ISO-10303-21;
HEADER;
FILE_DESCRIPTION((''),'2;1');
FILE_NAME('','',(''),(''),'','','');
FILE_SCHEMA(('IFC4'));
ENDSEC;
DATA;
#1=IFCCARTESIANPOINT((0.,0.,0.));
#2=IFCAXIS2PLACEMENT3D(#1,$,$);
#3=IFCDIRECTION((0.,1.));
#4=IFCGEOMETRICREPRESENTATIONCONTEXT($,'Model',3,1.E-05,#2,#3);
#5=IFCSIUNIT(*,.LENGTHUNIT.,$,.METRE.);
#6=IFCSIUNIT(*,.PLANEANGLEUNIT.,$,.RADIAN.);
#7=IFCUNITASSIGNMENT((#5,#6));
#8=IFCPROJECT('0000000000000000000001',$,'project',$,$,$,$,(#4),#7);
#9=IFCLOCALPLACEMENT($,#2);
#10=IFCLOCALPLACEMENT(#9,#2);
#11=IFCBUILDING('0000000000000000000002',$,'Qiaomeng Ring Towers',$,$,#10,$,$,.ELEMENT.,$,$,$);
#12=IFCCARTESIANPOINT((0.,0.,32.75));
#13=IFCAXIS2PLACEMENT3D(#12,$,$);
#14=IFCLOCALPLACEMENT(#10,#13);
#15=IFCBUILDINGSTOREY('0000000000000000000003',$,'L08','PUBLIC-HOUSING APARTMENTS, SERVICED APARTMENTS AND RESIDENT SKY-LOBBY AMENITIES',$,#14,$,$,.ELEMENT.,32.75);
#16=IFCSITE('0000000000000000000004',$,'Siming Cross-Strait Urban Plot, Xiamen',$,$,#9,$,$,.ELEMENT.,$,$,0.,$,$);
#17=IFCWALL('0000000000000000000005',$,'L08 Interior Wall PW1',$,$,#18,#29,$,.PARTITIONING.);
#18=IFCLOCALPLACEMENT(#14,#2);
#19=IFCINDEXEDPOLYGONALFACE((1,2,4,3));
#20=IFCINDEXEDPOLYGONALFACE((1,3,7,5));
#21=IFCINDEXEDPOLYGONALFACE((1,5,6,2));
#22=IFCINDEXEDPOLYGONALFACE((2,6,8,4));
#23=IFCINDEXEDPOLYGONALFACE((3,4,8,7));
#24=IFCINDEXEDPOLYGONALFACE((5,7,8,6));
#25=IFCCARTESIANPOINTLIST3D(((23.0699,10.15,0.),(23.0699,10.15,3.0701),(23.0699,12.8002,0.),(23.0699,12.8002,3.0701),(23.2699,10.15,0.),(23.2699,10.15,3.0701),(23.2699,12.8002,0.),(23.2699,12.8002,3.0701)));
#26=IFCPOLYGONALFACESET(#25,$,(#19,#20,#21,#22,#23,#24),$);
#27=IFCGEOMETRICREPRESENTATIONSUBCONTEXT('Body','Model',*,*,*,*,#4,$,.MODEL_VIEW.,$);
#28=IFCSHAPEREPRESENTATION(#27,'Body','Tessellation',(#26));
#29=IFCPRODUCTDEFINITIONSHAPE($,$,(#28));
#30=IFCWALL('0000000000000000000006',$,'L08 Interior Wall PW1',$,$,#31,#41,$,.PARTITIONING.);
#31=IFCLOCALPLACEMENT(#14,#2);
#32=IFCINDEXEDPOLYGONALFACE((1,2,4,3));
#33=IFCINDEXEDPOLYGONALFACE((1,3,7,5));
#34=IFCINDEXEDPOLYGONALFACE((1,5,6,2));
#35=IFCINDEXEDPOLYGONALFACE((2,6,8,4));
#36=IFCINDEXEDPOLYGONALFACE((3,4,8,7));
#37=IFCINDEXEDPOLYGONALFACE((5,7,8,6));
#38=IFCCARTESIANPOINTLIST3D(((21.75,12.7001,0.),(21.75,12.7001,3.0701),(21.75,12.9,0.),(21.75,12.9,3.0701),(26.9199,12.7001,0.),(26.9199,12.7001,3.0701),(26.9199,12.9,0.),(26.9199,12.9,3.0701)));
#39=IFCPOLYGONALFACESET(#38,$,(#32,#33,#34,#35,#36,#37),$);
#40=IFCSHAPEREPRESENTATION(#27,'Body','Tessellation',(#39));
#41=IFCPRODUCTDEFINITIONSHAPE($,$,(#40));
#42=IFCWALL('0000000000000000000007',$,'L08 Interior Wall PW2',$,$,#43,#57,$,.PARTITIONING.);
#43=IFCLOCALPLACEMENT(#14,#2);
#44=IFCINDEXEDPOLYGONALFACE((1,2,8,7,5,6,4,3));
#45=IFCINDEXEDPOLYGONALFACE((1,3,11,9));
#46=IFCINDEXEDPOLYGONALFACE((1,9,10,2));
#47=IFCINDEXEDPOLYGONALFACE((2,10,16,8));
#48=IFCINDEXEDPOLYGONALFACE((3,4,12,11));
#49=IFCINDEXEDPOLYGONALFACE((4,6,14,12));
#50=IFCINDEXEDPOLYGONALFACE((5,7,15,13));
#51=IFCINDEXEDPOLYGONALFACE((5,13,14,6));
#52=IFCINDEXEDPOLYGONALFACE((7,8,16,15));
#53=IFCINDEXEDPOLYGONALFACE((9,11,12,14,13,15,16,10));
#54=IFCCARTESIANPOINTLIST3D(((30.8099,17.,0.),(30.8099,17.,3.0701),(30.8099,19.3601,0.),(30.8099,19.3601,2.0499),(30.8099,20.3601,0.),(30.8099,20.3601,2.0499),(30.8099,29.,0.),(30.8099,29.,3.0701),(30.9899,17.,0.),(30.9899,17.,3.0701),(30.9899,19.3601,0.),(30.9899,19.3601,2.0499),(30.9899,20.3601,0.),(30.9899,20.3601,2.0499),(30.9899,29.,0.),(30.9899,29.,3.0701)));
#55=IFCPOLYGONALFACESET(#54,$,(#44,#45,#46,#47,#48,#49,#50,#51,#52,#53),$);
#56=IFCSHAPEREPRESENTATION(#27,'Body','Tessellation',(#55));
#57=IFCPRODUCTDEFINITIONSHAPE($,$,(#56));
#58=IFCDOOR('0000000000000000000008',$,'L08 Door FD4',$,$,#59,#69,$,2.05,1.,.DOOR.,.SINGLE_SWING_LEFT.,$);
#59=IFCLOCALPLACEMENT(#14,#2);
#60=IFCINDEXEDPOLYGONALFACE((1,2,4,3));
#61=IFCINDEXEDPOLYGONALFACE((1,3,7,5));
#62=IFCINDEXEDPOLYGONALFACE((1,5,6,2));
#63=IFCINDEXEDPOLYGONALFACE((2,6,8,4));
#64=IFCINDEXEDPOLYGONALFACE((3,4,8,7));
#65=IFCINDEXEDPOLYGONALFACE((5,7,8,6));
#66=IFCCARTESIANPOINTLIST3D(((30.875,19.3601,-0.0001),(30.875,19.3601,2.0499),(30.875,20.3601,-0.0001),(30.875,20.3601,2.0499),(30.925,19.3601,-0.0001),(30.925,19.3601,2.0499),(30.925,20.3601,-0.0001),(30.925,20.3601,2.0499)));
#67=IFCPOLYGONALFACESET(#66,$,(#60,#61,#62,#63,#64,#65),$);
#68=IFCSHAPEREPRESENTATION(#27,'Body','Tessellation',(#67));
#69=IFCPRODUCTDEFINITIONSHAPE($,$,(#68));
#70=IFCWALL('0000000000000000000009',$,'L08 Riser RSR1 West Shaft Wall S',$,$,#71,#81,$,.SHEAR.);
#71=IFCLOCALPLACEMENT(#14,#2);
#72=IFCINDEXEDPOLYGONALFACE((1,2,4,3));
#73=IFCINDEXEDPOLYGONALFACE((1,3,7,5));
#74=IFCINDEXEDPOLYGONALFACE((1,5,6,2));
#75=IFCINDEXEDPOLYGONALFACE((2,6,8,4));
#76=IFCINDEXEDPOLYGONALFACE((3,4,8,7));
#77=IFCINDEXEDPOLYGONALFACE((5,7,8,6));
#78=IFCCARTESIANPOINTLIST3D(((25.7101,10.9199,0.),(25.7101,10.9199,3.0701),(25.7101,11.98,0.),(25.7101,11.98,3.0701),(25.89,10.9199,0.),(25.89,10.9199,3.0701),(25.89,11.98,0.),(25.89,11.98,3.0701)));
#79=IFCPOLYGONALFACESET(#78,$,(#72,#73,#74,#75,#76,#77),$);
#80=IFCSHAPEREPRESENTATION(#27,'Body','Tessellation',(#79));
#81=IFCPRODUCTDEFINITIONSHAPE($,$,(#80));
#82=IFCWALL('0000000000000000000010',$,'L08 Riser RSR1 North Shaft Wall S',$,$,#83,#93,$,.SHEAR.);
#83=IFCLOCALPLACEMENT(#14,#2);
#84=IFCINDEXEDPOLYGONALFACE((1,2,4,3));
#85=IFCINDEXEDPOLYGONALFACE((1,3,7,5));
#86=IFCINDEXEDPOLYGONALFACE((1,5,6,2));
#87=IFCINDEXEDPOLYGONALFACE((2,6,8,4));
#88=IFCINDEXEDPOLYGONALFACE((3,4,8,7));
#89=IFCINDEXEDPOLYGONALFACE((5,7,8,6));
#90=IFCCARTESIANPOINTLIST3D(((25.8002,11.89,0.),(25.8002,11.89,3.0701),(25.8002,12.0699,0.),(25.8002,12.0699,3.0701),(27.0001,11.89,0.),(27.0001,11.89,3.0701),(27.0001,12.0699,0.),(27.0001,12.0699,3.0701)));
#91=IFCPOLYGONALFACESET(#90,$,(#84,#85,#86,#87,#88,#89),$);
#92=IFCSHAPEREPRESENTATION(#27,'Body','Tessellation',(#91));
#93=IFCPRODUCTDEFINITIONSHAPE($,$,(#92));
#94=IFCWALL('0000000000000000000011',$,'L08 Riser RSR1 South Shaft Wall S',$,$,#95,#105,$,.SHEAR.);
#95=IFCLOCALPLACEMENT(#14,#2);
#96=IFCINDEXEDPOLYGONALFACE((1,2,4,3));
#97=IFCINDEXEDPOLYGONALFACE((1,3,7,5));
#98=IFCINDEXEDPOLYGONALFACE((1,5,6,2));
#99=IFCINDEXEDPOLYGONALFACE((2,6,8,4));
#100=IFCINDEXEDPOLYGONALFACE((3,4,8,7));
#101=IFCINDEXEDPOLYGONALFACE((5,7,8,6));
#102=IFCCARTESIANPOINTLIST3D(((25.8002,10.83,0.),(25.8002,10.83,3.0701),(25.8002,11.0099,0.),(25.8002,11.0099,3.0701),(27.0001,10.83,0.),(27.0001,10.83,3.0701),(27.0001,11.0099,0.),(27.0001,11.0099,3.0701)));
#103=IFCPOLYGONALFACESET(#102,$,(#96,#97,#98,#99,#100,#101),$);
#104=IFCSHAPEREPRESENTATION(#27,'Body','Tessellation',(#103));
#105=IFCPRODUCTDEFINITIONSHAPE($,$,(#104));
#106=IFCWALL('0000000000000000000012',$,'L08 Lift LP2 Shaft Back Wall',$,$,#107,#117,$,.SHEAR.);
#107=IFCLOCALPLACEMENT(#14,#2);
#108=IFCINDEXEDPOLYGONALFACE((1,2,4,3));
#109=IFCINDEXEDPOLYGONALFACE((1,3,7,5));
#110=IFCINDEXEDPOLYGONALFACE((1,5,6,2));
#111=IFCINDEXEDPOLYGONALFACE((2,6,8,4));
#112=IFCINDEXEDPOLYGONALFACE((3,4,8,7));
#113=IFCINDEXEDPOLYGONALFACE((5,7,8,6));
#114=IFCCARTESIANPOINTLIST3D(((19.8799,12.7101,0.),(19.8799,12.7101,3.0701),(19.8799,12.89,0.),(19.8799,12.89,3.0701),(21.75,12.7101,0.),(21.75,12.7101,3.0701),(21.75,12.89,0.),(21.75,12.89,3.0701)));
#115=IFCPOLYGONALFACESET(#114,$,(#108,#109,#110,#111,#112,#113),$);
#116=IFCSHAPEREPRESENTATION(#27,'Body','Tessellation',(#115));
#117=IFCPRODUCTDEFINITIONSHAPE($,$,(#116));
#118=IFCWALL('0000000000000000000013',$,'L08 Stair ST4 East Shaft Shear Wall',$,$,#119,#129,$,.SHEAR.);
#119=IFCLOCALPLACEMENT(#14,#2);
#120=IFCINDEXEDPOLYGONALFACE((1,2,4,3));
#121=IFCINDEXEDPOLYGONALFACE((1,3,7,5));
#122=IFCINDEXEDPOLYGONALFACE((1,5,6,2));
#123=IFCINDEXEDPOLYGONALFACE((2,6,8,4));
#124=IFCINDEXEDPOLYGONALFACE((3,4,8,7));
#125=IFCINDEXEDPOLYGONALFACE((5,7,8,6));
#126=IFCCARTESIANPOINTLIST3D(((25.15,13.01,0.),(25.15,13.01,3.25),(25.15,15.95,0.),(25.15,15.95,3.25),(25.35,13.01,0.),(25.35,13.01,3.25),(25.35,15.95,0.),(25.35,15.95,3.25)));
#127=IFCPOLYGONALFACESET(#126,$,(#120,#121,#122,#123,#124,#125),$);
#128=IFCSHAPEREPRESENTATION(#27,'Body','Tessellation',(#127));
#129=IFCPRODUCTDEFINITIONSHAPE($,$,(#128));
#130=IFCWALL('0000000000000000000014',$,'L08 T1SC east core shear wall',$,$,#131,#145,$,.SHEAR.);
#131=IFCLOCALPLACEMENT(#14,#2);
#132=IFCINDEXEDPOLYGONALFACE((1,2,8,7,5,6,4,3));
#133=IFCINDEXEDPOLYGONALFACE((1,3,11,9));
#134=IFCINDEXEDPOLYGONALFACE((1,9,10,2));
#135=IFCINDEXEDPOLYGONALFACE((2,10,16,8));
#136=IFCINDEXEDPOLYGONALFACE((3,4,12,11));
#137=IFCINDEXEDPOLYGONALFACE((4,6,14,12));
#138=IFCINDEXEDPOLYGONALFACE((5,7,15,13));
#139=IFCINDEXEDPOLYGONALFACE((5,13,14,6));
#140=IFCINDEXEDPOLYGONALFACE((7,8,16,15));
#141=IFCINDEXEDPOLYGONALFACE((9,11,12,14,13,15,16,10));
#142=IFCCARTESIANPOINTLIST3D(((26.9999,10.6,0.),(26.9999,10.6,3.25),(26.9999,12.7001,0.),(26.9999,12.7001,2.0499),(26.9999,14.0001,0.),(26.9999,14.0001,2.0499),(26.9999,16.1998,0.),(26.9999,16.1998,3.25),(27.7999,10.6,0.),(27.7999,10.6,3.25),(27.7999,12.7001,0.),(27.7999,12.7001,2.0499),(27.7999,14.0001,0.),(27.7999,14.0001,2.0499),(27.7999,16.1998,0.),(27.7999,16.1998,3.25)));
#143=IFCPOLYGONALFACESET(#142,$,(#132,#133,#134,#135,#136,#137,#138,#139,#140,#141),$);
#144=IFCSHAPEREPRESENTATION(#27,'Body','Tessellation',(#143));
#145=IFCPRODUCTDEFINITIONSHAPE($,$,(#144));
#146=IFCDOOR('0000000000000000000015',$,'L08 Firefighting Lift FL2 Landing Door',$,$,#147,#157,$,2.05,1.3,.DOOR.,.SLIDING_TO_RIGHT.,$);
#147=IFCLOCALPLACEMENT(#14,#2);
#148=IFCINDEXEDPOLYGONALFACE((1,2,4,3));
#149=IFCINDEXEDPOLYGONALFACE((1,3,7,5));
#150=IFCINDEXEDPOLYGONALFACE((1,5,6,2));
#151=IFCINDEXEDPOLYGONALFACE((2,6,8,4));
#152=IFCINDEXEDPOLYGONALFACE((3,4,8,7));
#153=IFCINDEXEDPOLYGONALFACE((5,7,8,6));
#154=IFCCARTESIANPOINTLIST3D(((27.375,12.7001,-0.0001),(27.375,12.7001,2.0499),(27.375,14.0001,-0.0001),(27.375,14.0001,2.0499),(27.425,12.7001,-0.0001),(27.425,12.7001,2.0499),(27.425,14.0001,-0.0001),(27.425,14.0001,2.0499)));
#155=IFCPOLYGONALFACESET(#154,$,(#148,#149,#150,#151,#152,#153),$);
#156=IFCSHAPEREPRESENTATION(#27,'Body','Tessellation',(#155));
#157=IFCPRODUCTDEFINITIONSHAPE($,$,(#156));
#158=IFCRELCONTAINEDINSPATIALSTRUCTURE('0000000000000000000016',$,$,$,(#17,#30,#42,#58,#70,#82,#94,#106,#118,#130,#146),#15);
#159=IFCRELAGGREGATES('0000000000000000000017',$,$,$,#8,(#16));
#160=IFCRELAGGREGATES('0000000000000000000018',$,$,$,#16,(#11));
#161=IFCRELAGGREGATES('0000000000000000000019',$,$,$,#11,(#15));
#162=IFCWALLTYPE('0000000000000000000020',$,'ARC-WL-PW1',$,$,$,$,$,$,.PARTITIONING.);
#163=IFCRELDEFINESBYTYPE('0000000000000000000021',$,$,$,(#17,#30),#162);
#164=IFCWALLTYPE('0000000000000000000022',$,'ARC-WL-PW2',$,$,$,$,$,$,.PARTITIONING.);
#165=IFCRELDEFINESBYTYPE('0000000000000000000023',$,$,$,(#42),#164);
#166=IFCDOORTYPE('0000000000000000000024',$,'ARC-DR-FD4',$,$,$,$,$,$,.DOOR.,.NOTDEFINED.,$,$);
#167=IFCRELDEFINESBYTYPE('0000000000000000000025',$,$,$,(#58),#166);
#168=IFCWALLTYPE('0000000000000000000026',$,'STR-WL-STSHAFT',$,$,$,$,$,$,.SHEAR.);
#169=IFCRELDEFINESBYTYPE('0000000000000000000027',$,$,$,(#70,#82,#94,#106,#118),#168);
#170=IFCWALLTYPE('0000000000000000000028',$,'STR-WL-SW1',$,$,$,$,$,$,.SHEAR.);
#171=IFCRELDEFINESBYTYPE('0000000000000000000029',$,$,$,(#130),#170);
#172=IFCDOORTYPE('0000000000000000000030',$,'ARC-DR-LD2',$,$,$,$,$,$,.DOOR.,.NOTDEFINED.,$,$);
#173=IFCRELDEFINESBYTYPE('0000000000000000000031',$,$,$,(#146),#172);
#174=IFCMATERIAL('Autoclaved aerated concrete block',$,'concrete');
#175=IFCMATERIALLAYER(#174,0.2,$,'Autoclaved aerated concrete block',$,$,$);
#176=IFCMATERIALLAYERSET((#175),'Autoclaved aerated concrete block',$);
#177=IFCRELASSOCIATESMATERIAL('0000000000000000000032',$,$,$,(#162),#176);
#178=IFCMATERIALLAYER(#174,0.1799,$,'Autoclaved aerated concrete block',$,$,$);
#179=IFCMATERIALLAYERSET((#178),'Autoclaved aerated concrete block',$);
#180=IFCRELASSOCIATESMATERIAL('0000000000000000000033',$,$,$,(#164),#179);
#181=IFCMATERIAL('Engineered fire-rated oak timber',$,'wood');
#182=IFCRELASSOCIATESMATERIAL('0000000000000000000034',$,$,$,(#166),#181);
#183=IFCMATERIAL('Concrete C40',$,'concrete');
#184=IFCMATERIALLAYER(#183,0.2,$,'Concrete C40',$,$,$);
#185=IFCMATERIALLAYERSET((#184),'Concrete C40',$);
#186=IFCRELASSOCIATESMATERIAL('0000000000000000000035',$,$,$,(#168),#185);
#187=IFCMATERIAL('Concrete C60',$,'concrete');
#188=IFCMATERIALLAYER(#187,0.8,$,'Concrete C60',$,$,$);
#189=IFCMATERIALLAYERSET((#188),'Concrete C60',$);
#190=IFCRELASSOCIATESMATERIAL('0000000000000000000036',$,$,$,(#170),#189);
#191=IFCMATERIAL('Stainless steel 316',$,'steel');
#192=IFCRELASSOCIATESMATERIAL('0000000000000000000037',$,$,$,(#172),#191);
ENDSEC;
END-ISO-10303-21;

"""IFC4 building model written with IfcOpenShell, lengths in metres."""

from ifc_helpers import new_model, si_unit, direction, frame, frame_2d, origin, place, context, subcontext, project, spatial, rectangle, extrude, source, transform, mapped, material, layer, layer_set, type_object, element, fill, save


model = new_model("IFC4")

# Units and contexts
model_context = context("Model", 3, precision=1e-05, world=origin(), true_north=direction((0.0, 1.0)))
body_context = subcontext(model_context, "Body", "Model", "MODEL_VIEW")
ifc_project = project(units=[si_unit("LENGTHUNIT", "METRE"), si_unit("PLANEANGLEUNIT", "RADIAN")], contexts=[model_context])

# Site, building, storey
site_placement = place(None, origin())
site = spatial("IfcSite", under=ifc_project, at=site_placement, Name="Siming Cross-Strait Urban Plot, Xiamen", CompositionType="ELEMENT", RefElevation=0.0)
building_placement = place(site_placement, origin())
building = spatial("IfcBuilding", under=site, at=building_placement, Name="Qiaomeng Ring Towers", CompositionType="ELEMENT")
storey_placement = place(building_placement, frame((0.0, 0.0, 32.75)))
storey = spatial("IfcBuildingStorey", under=building, at=storey_placement, Name="L08", Description="PUBLIC-HOUSING APARTMENTS, SERVICED APARTMENTS AND RESIDENT SKY-LOBBY AMENITIES", CompositionType="ELEMENT", Elevation=32.75)

# Shared definitions
ifc_material_1 = material(Name="Concrete C60", Category="concrete")

# Shared definitions
ifc_material_2 = material(Name="Autoclaved aerated concrete block", Category="concrete")
ifc_layer_1 = layer(ifc_material_2, 0.2, Name="Autoclaved aerated concrete block")
ifc_layer_set_1 = layer_set([ifc_layer_1], Name="Autoclaved aerated concrete block")
wall_type_1 = type_object("IfcWallType", Name="ARC-WL-PW1", PredefinedType="PARTITIONING", material=ifc_layer_set_1)

# Walls
wall_1_placement = place(storey_placement, frame((23.1699, 10.1499, 0.0), z_axis=(0.0, 0.0, 1.0), x_axis=(0.0, 1.0, 0.0)))
element("IfcWall", 1, at=wall_1_placement, inside=storey, type_object=wall_type_1, Name="L08 Interior Wall PW1", PredefinedType="PARTITIONING", context=body_context, shape_type="SweptSolid", body=[
    extrude(rectangle(XDim=2.6501, YDim=0.2, at=frame_2d((1.3252, 0.0))), origin(), (0.0, 0.0, 1.0), 3.0701),
])
wall_2_placement = place(storey_placement, frame((21.75, 12.8, 0.0), z_axis=(0.0, 0.0, 1.0), x_axis=(1.0, 0.0, 0.0)))
element("IfcWall", 2, at=wall_2_placement, inside=storey, type_object=wall_type_1, Name="L08 Interior Wall PW1", PredefinedType="PARTITIONING", context=body_context, shape_type="SweptSolid", body=[
    extrude(rectangle(XDim=5.1699, YDim=0.2, at=frame_2d((2.585, 0.0))), origin(), (0.0, 0.0, 1.0), 3.0701),
])

# Wall, opening, door
ifc_layer_2 = layer(ifc_material_2, 0.1799, Name="Autoclaved aerated concrete block")
ifc_layer_set_2 = layer_set([ifc_layer_2], Name="Autoclaved aerated concrete block")
wall_type_2 = type_object("IfcWallType", Name="ARC-WL-PW2", PredefinedType="PARTITIONING", material=ifc_layer_set_2)
wall_3_placement = place(storey_placement, frame((30.8999, 17.0, 0.0), z_axis=(0.0, 0.0, 1.0), x_axis=(0.0, 1.0, 0.0)))
wall_3 = element("IfcWall", 3, at=wall_3_placement, inside=storey, type_object=wall_type_2, Name="L08 Interior Wall PW2", PredefinedType="PARTITIONING", context=body_context, shape_type="SweptSolid", body=[
    extrude(rectangle(XDim=12.0, YDim=0.1799, at=frame_2d((6.0, 0.0))), origin(), (0.0, 0.0, 1.0), 3.0701),
])
opening_1_placement = place(wall_3_placement, frame((2.3601, 0.0, 0.0)))
opening_1 = element("IfcOpeningElement", 4, at=opening_1_placement, cuts=wall_3, PredefinedType="OPENING", context=body_context, shape_type="SweptSolid", body=[
    extrude(rectangle(XDim=1.0, YDim=2.05, at=frame_2d((0.5, 1.0249))), frame((0.0, 0.0999, 0.0), z_axis=(0.0, -1.0, 0.0), x_axis=(1.0, 0.0, 0.0)), (0.0, 0.0, 1.0), 0.2),
])
ifc_material_3 = material(Name="Engineered fire-rated oak timber", Category="wood")
door_type_1 = type_object("IfcDoorType", Name="ARC-DR-FD4", OperationType="NOTDEFINED", PredefinedType="DOOR", material=ifc_material_3)
shared_shape_1 = source(origin(), body_context, "Body", "SweptSolid", [
    extrude(rectangle(XDim=1.0, YDim=2.05, at=frame_2d((0.5, 1.0249))), frame((0.0, 0.0249, 0.0), z_axis=(0.0, -1.0, 0.0), x_axis=(1.0, 0.0, 0.0)), (0.0, 0.0, 1.0), 0.05),
])
door_1_placement = place(opening_1_placement, origin())
door_1 = element("IfcDoor", 5, at=door_1_placement, inside=storey, type_object=door_type_1, Name="L08 Door FD4", OperationType="SINGLE_SWING_LEFT", OverallHeight=2.05, OverallWidth=1.0, PredefinedType="DOOR", context=body_context, shape_type="MappedRepresentation", body=[
    mapped(shared_shape_1, transform((0.0, 0.0, 0.0), x_axis=(1.0, 0.0, 0.0), y_axis=(0.0, 1.0, 0.0), z_axis=(0.0, 0.0, 1.0), scale=1.0)),
])
fill(opening_1, door_1)

# Walls
ifc_material_4 = material(Name="Concrete C40", Category="concrete")
ifc_layer_3 = layer(ifc_material_4, 0.2, Name="Concrete C40")
ifc_layer_set_3 = layer_set([ifc_layer_3], Name="Concrete C40")
wall_type_3 = type_object("IfcWallType", Name="STR-WL-STSHAFT", PredefinedType="SHEAR", material=ifc_layer_set_3)
wall_4_placement = place(storey_placement, frame((25.8, 10.9199, 0.0), z_axis=(0.0, 0.0, 1.0), x_axis=(0.0, 1.0, 0.0)))
element("IfcWall", 6, at=wall_4_placement, inside=storey, type_object=wall_type_3, Name="L08 Riser RSR1 West Shaft Wall S", PredefinedType="SHEAR", context=body_context, shape_type="SweptSolid", body=[
    extrude(rectangle(XDim=1.0601, YDim=0.1799, at=frame_2d((0.53, 0.0))), origin(), (0.0, 0.0, 1.0), 3.0701),
])
for number, where, z_axis, x_axis, name in (
    (7, (25.8, 11.98, 0.0), (0.0, 0.0, 1.0), (1.0, 0.0, 0.0), "L08 Riser RSR1 North Shaft Wall S"),
    (8, (25.8, 10.9199, 0.0), (0.0, 0.0, 1.0), (1.0, 0.0, 0.0), "L08 Riser RSR1 South Shaft Wall S"),
):
    element("IfcWall", number, at=place(storey_placement, frame(where, z_axis=z_axis, x_axis=x_axis)), inside=storey, type_object=wall_type_3, Name=name, PredefinedType="SHEAR", context=body_context, shape_type="SweptSolid", body=[
        extrude(rectangle(XDim=1.2, YDim=0.1799, at=frame_2d((0.6001, 0.0))), origin(), (0.0, 0.0, 1.0), 3.0701),
    ])
wall_5_placement = place(storey_placement, frame((19.8799, 12.8, 0.0), z_axis=(0.0, 0.0, 1.0), x_axis=(1.0, 0.0, 0.0)))
element("IfcWall", 9, at=wall_5_placement, inside=storey, type_object=wall_type_3, Name="L08 Lift LP2 Shaft Back Wall", PredefinedType="SHEAR", context=body_context, shape_type="SweptSolid", body=[
    extrude(rectangle(XDim=1.8701, YDim=0.1799, at=frame_2d((0.9351, 0.0))), origin(), (0.0, 0.0, 1.0), 3.0701),
])
wall_6_placement = place(storey_placement, frame((25.25, 13.01, 0.0), z_axis=(0.0, 0.0, 1.0), x_axis=(0.0, 1.0, 0.0)))
element("IfcWall", 10, at=wall_6_placement, inside=storey, type_object=wall_type_3, Name="L08 Stair ST4 East Shaft Shear Wall", PredefinedType="SHEAR", context=body_context, shape_type="SweptSolid", body=[
    extrude(rectangle(XDim=2.9399, YDim=0.2, at=frame_2d((1.47, 0.0))), origin(), (0.0, 0.0, 1.0), 3.25),
])

# Wall, opening, door
ifc_layer_4 = layer(ifc_material_1, 0.8, Name="Concrete C60")
ifc_layer_set_4 = layer_set([ifc_layer_4], Name="Concrete C60")
wall_type_4 = type_object("IfcWallType", Name="STR-WL-SW1", PredefinedType="SHEAR", material=ifc_layer_set_4)
wall_7_placement = place(storey_placement, frame((27.3999, 10.6001, 0.0), z_axis=(0.0, 0.0, 1.0), x_axis=(0.0, 1.0, 0.0)))
wall_7 = element("IfcWall", 11, at=wall_7_placement, inside=storey, type_object=wall_type_4, Name="L08 T1SC east core shear wall", PredefinedType="SHEAR", context=body_context, shape_type="SweptSolid", body=[
    extrude(rectangle(XDim=5.5999, YDim=0.8, at=frame_2d((2.7998, 0.0))), origin(), (0.0, 0.0, 1.0), 3.25),
])
opening_2_placement = place(wall_7_placement, frame((2.1001, 0.0, 0.0)))
opening_2 = element("IfcOpeningElement", 12, at=opening_2_placement, cuts=wall_7, PredefinedType="OPENING", context=body_context, shape_type="SweptSolid", body=[
    extrude(rectangle(XDim=1.3, YDim=2.05, at=frame_2d((0.6499, 1.0249))), frame((0.0, 0.4099, 0.0), z_axis=(0.0, -1.0, 0.0), x_axis=(1.0, 0.0, 0.0)), (0.0, 0.0, 1.0), 0.8201),
])
ifc_material_5 = material(Name="Stainless steel 316", Category="steel")
door_type_2 = type_object("IfcDoorType", Name="ARC-DR-LD2", OperationType="NOTDEFINED", PredefinedType="DOOR", material=ifc_material_5)
shared_shape_2 = source(origin(), body_context, "Body", "SweptSolid", [
    extrude(rectangle(XDim=1.3, YDim=2.05, at=frame_2d((0.6499, 1.0249))), frame((0.0, 0.0249, 0.0), z_axis=(0.0, -1.0, 0.0), x_axis=(1.0, 0.0, 0.0)), (0.0, 0.0, 1.0), 0.05),
])
door_2_placement = place(opening_2_placement, origin())
door_2 = element("IfcDoor", 13, at=door_2_placement, inside=storey, type_object=door_type_2, Name="L08 Firefighting Lift FL2 Landing Door", OperationType="SLIDING_TO_RIGHT", OverallHeight=2.05, OverallWidth=1.3, PredefinedType="DOOR", context=body_context, shape_type="MappedRepresentation", body=[
    mapped(shared_shape_2, transform((0.0, 0.0, 0.0), x_axis=(1.0, 0.0, 0.0), y_axis=(0.0, 1.0, 0.0), z_axis=(0.0, 0.0, 1.0), scale=1.0)),
])
fill(opening_2, door_2)

save(model, "model.ifc")
